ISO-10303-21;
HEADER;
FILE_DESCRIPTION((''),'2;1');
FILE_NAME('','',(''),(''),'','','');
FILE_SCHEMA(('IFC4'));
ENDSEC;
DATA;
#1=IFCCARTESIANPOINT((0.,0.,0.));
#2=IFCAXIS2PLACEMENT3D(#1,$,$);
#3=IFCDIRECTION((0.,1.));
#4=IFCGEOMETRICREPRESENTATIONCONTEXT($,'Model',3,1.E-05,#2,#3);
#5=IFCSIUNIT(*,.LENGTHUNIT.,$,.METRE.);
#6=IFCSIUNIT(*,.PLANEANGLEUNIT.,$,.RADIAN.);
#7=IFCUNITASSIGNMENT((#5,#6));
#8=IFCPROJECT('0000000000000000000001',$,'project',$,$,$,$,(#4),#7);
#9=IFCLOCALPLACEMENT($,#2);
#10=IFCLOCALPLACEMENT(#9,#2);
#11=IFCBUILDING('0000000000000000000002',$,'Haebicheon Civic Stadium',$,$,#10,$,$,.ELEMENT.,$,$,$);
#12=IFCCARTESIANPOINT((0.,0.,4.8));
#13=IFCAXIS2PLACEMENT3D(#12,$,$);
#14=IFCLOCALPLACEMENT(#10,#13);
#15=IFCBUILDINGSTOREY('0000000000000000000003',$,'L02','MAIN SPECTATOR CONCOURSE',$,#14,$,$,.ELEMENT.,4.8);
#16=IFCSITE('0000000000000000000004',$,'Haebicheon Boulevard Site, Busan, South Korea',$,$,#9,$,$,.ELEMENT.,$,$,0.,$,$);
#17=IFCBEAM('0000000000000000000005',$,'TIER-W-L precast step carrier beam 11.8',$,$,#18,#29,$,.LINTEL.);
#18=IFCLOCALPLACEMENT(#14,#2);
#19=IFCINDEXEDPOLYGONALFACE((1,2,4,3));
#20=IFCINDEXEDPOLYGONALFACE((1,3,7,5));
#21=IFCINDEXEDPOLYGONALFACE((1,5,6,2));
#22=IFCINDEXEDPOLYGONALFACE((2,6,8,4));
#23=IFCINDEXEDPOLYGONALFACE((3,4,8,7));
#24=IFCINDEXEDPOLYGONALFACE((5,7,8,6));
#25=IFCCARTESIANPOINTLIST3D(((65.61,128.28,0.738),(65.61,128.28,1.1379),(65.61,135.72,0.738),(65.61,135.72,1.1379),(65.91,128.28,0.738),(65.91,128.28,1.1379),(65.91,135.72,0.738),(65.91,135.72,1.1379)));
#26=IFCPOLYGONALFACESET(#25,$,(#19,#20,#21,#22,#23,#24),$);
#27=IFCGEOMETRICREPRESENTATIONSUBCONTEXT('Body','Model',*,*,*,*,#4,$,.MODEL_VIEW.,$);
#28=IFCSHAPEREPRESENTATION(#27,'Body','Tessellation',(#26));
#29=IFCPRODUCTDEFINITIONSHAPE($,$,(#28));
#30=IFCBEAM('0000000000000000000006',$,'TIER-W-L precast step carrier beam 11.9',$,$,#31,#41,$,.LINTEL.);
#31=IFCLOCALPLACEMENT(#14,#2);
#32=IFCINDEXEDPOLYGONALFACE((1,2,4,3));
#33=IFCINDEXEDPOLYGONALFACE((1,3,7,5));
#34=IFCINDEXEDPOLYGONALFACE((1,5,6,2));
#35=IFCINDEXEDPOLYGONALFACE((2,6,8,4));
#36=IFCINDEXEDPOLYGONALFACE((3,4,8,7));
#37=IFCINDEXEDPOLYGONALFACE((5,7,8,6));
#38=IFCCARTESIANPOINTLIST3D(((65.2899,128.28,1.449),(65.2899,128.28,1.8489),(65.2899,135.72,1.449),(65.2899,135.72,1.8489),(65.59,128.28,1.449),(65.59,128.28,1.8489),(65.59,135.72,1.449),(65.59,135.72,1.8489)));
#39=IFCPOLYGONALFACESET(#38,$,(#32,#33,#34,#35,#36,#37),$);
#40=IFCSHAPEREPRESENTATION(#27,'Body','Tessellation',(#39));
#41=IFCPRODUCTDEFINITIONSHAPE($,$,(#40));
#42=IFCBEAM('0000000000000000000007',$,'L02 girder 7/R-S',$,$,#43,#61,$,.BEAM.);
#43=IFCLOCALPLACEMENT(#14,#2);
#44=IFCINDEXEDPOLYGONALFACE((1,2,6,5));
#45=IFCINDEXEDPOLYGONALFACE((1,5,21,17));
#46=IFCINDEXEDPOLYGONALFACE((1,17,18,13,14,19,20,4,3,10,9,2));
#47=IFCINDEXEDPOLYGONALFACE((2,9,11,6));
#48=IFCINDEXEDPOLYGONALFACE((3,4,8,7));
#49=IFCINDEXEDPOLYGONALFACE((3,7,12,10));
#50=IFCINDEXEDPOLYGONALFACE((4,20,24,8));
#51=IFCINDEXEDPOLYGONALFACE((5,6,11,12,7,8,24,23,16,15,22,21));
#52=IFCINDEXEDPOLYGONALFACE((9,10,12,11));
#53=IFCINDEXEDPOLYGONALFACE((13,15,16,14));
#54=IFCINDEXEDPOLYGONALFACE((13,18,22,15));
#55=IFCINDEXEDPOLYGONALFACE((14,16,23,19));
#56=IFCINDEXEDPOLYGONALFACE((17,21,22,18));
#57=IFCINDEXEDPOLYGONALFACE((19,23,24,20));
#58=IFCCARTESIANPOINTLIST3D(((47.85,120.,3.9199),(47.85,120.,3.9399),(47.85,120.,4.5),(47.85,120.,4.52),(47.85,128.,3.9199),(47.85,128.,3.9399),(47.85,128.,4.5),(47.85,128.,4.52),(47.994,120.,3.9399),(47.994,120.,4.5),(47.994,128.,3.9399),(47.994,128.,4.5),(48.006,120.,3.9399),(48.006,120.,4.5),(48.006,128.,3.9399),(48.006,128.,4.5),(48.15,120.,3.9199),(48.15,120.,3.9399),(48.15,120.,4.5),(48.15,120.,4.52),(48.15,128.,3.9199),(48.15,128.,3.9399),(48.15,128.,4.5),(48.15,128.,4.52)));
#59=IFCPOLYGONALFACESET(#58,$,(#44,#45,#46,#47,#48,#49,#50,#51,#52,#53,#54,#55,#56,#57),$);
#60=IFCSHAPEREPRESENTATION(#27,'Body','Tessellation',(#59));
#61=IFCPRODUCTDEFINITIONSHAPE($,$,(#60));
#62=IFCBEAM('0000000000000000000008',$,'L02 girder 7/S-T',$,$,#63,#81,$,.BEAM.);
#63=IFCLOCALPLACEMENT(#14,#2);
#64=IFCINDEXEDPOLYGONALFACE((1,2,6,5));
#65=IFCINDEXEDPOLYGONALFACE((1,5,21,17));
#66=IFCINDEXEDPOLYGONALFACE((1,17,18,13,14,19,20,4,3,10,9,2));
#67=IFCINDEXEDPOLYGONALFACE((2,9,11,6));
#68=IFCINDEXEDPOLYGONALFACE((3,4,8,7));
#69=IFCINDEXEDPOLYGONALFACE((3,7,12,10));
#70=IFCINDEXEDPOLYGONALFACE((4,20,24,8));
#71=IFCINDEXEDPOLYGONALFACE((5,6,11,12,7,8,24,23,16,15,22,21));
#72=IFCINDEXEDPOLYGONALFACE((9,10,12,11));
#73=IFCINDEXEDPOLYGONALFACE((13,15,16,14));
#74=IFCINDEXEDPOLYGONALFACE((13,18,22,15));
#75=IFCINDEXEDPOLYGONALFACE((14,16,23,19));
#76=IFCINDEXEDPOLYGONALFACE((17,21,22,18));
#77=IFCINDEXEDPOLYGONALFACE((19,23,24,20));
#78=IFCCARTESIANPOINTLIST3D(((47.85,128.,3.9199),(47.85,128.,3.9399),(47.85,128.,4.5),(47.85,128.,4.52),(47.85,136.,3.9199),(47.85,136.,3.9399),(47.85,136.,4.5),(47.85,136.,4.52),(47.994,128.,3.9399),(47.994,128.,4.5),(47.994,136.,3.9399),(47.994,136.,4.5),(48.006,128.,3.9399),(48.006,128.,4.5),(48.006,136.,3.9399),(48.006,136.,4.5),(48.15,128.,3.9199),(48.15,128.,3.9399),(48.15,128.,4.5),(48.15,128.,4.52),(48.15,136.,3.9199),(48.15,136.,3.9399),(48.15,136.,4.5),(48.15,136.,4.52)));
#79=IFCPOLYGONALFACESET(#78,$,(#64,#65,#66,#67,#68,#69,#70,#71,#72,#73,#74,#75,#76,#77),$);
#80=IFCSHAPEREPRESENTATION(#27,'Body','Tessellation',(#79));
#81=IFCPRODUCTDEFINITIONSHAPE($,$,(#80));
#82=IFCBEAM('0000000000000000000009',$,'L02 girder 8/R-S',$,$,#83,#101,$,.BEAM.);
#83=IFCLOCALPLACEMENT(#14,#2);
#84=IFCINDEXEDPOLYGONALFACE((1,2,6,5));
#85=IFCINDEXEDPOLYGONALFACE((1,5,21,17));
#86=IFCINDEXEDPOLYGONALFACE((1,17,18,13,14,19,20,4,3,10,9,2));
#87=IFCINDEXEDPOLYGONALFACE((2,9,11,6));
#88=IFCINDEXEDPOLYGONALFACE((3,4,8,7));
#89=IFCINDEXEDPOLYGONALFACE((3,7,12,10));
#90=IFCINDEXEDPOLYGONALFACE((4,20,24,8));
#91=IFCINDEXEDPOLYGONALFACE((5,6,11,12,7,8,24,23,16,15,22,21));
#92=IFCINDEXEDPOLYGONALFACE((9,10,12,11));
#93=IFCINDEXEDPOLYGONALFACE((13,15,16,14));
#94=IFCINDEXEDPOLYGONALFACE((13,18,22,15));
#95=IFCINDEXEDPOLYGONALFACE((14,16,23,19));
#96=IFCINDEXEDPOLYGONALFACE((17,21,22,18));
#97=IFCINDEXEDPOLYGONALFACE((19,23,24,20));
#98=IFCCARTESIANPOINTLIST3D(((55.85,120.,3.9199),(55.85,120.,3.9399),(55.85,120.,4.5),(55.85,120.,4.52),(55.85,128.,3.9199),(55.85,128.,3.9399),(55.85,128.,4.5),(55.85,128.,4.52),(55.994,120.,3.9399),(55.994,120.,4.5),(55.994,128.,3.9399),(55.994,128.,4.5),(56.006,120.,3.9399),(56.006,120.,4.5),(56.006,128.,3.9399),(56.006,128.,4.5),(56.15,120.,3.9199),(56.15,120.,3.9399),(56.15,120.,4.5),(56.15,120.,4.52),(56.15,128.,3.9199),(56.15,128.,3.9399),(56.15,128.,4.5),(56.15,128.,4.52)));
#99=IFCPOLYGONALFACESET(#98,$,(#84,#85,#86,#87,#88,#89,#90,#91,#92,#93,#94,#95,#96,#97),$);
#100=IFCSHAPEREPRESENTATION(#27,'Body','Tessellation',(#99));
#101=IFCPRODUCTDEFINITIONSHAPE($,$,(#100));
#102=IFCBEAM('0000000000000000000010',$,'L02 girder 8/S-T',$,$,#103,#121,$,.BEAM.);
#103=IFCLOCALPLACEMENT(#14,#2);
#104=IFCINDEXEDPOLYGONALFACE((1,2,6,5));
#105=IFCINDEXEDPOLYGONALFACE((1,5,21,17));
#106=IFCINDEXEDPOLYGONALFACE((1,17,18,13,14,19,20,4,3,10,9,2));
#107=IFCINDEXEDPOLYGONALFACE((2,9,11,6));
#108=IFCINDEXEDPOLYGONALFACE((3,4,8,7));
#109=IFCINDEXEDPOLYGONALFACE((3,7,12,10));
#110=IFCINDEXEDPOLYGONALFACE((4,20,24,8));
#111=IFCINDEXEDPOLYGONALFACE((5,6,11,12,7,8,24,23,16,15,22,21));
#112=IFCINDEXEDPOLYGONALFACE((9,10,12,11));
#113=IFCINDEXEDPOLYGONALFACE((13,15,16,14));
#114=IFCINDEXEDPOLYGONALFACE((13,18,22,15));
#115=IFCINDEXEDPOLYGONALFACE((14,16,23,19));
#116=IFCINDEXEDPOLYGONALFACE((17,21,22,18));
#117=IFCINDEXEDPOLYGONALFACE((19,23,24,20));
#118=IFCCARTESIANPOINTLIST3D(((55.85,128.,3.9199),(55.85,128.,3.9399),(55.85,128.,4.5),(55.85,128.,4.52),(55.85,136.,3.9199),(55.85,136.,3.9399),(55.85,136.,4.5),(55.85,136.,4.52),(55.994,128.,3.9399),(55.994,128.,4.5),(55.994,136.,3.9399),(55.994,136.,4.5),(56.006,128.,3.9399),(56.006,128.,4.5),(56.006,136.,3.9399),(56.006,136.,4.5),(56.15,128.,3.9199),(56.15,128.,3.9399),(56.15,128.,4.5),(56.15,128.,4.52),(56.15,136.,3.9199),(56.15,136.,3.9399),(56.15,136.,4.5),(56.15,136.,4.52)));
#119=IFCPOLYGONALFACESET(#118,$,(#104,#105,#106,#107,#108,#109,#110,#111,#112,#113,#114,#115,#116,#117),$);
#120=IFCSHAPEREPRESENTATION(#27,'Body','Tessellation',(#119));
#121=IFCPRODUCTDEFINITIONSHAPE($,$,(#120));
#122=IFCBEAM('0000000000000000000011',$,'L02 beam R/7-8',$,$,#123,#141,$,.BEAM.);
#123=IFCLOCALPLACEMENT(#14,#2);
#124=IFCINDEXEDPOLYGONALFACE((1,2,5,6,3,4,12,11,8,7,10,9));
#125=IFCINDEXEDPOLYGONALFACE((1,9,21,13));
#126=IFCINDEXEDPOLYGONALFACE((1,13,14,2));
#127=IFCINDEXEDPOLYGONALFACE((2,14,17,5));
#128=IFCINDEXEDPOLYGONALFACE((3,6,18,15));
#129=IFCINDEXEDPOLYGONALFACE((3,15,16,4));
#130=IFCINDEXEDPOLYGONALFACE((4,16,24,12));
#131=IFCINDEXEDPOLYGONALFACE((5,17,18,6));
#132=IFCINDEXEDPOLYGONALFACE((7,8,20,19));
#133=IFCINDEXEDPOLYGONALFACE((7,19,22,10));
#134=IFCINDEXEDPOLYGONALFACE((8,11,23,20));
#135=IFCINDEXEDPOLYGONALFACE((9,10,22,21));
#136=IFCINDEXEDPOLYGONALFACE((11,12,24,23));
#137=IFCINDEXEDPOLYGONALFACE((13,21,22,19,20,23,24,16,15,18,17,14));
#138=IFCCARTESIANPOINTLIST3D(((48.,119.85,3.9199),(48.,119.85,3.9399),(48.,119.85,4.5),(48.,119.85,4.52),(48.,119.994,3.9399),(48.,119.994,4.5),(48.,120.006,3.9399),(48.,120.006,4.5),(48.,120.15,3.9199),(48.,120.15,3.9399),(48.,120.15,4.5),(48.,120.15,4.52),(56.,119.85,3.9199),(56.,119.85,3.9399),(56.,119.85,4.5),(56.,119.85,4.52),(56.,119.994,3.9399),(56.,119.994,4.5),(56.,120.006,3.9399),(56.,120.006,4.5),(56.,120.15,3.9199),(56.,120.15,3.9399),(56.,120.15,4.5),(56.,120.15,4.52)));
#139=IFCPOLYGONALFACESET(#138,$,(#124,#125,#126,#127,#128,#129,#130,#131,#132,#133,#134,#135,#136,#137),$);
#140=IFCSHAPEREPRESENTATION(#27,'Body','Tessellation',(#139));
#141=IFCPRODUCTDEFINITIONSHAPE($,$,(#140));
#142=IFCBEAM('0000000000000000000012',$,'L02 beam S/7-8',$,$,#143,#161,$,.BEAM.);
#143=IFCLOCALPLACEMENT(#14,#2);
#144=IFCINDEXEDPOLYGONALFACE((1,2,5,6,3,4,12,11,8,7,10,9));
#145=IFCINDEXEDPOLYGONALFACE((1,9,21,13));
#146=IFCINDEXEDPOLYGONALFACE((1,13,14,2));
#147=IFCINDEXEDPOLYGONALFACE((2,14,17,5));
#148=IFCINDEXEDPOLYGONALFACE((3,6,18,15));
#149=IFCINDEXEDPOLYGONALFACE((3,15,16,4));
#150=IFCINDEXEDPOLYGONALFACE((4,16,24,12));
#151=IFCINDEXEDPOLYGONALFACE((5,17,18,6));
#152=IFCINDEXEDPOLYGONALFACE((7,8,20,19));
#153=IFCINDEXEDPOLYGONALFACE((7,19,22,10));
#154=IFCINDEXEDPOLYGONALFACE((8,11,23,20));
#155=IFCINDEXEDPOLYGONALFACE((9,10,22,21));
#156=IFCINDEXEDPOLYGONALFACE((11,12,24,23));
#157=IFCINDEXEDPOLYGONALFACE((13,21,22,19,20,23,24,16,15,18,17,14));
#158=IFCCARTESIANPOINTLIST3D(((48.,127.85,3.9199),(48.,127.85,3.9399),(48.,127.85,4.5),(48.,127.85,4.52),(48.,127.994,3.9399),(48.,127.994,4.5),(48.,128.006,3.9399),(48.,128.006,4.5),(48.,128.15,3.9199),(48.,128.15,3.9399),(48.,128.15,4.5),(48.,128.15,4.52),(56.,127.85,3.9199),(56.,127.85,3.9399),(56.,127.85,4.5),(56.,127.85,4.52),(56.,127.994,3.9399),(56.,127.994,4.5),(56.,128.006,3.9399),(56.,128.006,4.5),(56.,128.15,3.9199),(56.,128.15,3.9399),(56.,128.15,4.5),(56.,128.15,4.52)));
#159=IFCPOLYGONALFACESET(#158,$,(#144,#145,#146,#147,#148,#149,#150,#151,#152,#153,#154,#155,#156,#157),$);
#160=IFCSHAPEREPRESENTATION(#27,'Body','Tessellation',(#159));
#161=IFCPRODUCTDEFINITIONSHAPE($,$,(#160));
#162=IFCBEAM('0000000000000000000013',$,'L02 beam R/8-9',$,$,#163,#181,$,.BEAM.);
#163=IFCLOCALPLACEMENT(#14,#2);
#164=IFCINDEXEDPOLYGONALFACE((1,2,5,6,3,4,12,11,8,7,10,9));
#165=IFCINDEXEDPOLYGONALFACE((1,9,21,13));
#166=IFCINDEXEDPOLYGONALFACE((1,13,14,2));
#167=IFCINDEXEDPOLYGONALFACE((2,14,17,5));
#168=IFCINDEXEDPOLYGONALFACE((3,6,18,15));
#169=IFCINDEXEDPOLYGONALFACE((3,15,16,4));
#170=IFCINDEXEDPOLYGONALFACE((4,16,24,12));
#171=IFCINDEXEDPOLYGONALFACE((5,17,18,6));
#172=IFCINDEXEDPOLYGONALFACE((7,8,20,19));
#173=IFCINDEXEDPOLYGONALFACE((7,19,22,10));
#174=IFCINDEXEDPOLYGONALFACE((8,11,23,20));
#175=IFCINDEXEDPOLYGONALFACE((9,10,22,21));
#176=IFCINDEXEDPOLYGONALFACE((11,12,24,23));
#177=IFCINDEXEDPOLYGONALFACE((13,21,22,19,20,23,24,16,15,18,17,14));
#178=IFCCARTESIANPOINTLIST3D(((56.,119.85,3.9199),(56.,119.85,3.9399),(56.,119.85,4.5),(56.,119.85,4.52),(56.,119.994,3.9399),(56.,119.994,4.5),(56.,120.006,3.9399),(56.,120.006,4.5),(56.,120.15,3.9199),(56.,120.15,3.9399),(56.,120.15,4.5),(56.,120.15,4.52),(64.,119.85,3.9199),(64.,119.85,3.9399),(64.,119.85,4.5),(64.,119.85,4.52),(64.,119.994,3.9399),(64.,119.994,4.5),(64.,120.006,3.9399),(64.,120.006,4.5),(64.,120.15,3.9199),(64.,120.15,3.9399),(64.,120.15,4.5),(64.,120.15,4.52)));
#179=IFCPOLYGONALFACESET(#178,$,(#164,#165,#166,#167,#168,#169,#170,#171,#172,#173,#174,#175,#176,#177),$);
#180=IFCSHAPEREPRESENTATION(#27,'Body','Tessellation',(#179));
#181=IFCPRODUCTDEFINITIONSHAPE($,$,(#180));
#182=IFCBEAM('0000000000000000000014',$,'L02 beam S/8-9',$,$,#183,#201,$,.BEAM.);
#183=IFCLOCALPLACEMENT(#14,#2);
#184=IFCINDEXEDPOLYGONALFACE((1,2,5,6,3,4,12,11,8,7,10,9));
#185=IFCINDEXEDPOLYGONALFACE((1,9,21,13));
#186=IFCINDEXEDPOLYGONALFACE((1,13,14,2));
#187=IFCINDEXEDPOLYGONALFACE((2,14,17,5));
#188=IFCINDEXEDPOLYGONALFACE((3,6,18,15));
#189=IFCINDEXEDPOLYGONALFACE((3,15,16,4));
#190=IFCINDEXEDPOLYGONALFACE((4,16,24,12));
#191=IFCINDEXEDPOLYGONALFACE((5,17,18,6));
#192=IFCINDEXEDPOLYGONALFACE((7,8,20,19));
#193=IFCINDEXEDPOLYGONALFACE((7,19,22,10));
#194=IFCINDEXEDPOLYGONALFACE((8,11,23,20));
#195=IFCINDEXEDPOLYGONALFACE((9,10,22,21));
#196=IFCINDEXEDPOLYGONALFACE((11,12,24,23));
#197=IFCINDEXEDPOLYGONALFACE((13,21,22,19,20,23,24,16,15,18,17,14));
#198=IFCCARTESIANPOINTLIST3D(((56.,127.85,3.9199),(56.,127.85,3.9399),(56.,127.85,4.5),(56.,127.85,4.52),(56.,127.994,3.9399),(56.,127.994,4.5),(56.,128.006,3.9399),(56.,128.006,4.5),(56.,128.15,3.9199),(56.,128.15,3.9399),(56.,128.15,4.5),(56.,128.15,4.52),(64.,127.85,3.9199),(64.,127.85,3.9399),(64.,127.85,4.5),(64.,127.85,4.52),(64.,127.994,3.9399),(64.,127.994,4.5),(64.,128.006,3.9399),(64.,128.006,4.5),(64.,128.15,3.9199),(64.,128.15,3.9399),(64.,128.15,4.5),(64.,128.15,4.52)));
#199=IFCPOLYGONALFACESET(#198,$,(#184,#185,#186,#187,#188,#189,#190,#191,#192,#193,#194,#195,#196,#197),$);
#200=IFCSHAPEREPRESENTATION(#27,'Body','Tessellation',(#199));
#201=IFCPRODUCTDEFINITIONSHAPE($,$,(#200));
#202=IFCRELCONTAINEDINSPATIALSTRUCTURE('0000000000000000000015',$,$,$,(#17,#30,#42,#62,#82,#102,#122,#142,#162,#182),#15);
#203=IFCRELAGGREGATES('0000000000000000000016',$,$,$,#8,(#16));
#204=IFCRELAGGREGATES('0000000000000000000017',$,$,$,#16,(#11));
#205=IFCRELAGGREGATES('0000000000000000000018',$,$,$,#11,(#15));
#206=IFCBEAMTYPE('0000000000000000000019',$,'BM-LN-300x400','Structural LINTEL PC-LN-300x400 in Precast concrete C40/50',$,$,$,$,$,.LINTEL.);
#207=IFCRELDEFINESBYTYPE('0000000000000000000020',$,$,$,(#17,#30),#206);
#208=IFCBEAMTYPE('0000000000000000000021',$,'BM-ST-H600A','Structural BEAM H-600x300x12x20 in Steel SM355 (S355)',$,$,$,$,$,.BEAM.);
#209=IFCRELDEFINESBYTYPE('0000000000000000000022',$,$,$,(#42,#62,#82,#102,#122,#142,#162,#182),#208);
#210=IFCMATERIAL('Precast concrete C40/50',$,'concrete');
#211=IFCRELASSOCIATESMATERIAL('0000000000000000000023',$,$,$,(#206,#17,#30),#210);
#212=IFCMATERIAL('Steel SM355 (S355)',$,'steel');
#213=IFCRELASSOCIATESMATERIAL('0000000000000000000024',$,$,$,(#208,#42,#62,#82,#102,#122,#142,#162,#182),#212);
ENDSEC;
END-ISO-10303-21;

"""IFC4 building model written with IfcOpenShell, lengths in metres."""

from ifc_helpers import new_model, si_unit, direction, frame, origin, origin_2d, place, context, subcontext, project, spatial, rectangle, i_section, extrude, material, material_profile, profile_set, type_object, element, save


model = new_model("IFC4")

# Units and contexts
model_context = context("Model", 3, precision=1e-05, world=origin(), true_north=direction((0.0, 1.0)))
body_context = subcontext(model_context, "Body", "Model", "MODEL_VIEW")
ifc_project = project(units=[si_unit("LENGTHUNIT", "METRE"), si_unit("PLANEANGLEUNIT", "RADIAN")], contexts=[model_context])

# Site, building, storey
site_placement = place(None, origin())
site = spatial("IfcSite", under=ifc_project, at=site_placement, Name="Haebicheon Boulevard Site, Busan, South Korea", CompositionType="ELEMENT", RefElevation=0.0)
building_placement = place(site_placement, origin())
building = spatial("IfcBuilding", under=site, at=building_placement, Name="Haebicheon Civic Stadium", CompositionType="ELEMENT")
storey_placement = place(building_placement, frame((0.0, 0.0, 4.8)))
storey = spatial("IfcBuildingStorey", under=building, at=storey_placement, Name="L02", Description="MAIN SPECTATOR CONCOURSE", CompositionType="ELEMENT", Elevation=4.8)

# Beams
ifc_material_1 = material(Name="Precast concrete C40/50", Category="concrete")
ifc_material_profile_1 = material_profile(ifc_material_1, rectangle(XDim=0.3, YDim=0.3999, at=origin_2d()), Name="PC-LN-300x400")
ifc_profile_set_1 = profile_set([ifc_material_profile_1], Name="Precast concrete C40/50")
beam_type_1 = type_object("IfcBeamType", Name="BM-LN-300x400", Description="Structural LINTEL PC-LN-300x400 in Precast concrete C40/50", PredefinedType="LINTEL", material=ifc_profile_set_1)
for number, where, z_axis, x_axis, name in (
    (1, (65.76, 128.28, 0.938), (0.0, 1.0, 0.0), (-1.0, 0.0, 0.0), "TIER-W-L precast step carrier beam 11.8"),
    (2, (65.4399, 128.28, 1.6489), (0.0, 1.0, 0.0), (-1.0, 0.0, 0.0), "TIER-W-L precast step carrier beam 11.9"),
):
    element("IfcBeam", number, at=place(storey_placement, frame(where, z_axis=z_axis, x_axis=x_axis)), inside=storey, type_object=beam_type_1, material=ifc_profile_set_1, Name=name, PredefinedType="LINTEL", context=body_context, shape_type="SweptSolid", body=[
        extrude(rectangle(XDim=0.3, YDim=0.3999, at=origin_2d()), origin(), (0.0, 0.0, 1.0), 7.4399),
    ])
ifc_material_2 = material(Name="Steel SM355 (S355)", Category="steel")
ifc_material_profile_2 = material_profile(ifc_material_2, i_section(OverallWidth=0.3, OverallDepth=0.6001, WebThickness=0.012, FlangeThickness=0.02, at=origin_2d()), Name="H-600x300x12x20")
ifc_profile_set_2 = profile_set([ifc_material_profile_2], Name="Steel SM355 (S355)")
beam_type_2 = type_object("IfcBeamType", Name="BM-ST-H600A", Description="Structural BEAM H-600x300x12x20 in Steel SM355 (S355)", PredefinedType="BEAM", material=ifc_profile_set_2)
for number, where, z_axis, x_axis, name in (
    (3, (48.0, 120.0, 4.22), (0.0, 1.0, 0.0), (-1.0, 0.0, 0.0), "L02 girder 7/R-S"),
    (4, (48.0, 128.0, 4.22), (0.0, 1.0, 0.0), (-1.0, 0.0, 0.0), "L02 girder 7/S-T"),
    (5, (56.0, 120.0, 4.22), (0.0, 1.0, 0.0), (-1.0, 0.0, 0.0), "L02 girder 8/R-S"),
    (6, (56.0, 128.0, 4.22), (0.0, 1.0, 0.0), (-1.0, 0.0, 0.0), "L02 girder 8/S-T"),
    (7, (48.0, 120.0, 4.22), (1.0, 0.0, 0.0), (0.0, 1.0, 0.0), "L02 beam R/7-8"),
    (8, (48.0, 128.0, 4.22), (1.0, 0.0, 0.0), (0.0, 1.0, 0.0), "L02 beam S/7-8"),
    (9, (56.0, 120.0, 4.22), (1.0, 0.0, 0.0), (0.0, 1.0, 0.0), "L02 beam R/8-9"),
    (10, (56.0, 128.0, 4.22), (1.0, 0.0, 0.0), (0.0, 1.0, 0.0), "L02 beam S/8-9"),
):
    element("IfcBeam", number, at=place(storey_placement, frame(where, z_axis=z_axis, x_axis=x_axis)), inside=storey, type_object=beam_type_2, material=ifc_profile_set_2, Name=name, PredefinedType="BEAM", context=body_context, shape_type="SweptSolid", body=[
        extrude(i_section(OverallWidth=0.3, OverallDepth=0.6001, WebThickness=0.012, FlangeThickness=0.02, at=origin_2d()), origin(), (0.0, 0.0, 1.0), 8.0),
    ])

save(model, "model.ifc")
